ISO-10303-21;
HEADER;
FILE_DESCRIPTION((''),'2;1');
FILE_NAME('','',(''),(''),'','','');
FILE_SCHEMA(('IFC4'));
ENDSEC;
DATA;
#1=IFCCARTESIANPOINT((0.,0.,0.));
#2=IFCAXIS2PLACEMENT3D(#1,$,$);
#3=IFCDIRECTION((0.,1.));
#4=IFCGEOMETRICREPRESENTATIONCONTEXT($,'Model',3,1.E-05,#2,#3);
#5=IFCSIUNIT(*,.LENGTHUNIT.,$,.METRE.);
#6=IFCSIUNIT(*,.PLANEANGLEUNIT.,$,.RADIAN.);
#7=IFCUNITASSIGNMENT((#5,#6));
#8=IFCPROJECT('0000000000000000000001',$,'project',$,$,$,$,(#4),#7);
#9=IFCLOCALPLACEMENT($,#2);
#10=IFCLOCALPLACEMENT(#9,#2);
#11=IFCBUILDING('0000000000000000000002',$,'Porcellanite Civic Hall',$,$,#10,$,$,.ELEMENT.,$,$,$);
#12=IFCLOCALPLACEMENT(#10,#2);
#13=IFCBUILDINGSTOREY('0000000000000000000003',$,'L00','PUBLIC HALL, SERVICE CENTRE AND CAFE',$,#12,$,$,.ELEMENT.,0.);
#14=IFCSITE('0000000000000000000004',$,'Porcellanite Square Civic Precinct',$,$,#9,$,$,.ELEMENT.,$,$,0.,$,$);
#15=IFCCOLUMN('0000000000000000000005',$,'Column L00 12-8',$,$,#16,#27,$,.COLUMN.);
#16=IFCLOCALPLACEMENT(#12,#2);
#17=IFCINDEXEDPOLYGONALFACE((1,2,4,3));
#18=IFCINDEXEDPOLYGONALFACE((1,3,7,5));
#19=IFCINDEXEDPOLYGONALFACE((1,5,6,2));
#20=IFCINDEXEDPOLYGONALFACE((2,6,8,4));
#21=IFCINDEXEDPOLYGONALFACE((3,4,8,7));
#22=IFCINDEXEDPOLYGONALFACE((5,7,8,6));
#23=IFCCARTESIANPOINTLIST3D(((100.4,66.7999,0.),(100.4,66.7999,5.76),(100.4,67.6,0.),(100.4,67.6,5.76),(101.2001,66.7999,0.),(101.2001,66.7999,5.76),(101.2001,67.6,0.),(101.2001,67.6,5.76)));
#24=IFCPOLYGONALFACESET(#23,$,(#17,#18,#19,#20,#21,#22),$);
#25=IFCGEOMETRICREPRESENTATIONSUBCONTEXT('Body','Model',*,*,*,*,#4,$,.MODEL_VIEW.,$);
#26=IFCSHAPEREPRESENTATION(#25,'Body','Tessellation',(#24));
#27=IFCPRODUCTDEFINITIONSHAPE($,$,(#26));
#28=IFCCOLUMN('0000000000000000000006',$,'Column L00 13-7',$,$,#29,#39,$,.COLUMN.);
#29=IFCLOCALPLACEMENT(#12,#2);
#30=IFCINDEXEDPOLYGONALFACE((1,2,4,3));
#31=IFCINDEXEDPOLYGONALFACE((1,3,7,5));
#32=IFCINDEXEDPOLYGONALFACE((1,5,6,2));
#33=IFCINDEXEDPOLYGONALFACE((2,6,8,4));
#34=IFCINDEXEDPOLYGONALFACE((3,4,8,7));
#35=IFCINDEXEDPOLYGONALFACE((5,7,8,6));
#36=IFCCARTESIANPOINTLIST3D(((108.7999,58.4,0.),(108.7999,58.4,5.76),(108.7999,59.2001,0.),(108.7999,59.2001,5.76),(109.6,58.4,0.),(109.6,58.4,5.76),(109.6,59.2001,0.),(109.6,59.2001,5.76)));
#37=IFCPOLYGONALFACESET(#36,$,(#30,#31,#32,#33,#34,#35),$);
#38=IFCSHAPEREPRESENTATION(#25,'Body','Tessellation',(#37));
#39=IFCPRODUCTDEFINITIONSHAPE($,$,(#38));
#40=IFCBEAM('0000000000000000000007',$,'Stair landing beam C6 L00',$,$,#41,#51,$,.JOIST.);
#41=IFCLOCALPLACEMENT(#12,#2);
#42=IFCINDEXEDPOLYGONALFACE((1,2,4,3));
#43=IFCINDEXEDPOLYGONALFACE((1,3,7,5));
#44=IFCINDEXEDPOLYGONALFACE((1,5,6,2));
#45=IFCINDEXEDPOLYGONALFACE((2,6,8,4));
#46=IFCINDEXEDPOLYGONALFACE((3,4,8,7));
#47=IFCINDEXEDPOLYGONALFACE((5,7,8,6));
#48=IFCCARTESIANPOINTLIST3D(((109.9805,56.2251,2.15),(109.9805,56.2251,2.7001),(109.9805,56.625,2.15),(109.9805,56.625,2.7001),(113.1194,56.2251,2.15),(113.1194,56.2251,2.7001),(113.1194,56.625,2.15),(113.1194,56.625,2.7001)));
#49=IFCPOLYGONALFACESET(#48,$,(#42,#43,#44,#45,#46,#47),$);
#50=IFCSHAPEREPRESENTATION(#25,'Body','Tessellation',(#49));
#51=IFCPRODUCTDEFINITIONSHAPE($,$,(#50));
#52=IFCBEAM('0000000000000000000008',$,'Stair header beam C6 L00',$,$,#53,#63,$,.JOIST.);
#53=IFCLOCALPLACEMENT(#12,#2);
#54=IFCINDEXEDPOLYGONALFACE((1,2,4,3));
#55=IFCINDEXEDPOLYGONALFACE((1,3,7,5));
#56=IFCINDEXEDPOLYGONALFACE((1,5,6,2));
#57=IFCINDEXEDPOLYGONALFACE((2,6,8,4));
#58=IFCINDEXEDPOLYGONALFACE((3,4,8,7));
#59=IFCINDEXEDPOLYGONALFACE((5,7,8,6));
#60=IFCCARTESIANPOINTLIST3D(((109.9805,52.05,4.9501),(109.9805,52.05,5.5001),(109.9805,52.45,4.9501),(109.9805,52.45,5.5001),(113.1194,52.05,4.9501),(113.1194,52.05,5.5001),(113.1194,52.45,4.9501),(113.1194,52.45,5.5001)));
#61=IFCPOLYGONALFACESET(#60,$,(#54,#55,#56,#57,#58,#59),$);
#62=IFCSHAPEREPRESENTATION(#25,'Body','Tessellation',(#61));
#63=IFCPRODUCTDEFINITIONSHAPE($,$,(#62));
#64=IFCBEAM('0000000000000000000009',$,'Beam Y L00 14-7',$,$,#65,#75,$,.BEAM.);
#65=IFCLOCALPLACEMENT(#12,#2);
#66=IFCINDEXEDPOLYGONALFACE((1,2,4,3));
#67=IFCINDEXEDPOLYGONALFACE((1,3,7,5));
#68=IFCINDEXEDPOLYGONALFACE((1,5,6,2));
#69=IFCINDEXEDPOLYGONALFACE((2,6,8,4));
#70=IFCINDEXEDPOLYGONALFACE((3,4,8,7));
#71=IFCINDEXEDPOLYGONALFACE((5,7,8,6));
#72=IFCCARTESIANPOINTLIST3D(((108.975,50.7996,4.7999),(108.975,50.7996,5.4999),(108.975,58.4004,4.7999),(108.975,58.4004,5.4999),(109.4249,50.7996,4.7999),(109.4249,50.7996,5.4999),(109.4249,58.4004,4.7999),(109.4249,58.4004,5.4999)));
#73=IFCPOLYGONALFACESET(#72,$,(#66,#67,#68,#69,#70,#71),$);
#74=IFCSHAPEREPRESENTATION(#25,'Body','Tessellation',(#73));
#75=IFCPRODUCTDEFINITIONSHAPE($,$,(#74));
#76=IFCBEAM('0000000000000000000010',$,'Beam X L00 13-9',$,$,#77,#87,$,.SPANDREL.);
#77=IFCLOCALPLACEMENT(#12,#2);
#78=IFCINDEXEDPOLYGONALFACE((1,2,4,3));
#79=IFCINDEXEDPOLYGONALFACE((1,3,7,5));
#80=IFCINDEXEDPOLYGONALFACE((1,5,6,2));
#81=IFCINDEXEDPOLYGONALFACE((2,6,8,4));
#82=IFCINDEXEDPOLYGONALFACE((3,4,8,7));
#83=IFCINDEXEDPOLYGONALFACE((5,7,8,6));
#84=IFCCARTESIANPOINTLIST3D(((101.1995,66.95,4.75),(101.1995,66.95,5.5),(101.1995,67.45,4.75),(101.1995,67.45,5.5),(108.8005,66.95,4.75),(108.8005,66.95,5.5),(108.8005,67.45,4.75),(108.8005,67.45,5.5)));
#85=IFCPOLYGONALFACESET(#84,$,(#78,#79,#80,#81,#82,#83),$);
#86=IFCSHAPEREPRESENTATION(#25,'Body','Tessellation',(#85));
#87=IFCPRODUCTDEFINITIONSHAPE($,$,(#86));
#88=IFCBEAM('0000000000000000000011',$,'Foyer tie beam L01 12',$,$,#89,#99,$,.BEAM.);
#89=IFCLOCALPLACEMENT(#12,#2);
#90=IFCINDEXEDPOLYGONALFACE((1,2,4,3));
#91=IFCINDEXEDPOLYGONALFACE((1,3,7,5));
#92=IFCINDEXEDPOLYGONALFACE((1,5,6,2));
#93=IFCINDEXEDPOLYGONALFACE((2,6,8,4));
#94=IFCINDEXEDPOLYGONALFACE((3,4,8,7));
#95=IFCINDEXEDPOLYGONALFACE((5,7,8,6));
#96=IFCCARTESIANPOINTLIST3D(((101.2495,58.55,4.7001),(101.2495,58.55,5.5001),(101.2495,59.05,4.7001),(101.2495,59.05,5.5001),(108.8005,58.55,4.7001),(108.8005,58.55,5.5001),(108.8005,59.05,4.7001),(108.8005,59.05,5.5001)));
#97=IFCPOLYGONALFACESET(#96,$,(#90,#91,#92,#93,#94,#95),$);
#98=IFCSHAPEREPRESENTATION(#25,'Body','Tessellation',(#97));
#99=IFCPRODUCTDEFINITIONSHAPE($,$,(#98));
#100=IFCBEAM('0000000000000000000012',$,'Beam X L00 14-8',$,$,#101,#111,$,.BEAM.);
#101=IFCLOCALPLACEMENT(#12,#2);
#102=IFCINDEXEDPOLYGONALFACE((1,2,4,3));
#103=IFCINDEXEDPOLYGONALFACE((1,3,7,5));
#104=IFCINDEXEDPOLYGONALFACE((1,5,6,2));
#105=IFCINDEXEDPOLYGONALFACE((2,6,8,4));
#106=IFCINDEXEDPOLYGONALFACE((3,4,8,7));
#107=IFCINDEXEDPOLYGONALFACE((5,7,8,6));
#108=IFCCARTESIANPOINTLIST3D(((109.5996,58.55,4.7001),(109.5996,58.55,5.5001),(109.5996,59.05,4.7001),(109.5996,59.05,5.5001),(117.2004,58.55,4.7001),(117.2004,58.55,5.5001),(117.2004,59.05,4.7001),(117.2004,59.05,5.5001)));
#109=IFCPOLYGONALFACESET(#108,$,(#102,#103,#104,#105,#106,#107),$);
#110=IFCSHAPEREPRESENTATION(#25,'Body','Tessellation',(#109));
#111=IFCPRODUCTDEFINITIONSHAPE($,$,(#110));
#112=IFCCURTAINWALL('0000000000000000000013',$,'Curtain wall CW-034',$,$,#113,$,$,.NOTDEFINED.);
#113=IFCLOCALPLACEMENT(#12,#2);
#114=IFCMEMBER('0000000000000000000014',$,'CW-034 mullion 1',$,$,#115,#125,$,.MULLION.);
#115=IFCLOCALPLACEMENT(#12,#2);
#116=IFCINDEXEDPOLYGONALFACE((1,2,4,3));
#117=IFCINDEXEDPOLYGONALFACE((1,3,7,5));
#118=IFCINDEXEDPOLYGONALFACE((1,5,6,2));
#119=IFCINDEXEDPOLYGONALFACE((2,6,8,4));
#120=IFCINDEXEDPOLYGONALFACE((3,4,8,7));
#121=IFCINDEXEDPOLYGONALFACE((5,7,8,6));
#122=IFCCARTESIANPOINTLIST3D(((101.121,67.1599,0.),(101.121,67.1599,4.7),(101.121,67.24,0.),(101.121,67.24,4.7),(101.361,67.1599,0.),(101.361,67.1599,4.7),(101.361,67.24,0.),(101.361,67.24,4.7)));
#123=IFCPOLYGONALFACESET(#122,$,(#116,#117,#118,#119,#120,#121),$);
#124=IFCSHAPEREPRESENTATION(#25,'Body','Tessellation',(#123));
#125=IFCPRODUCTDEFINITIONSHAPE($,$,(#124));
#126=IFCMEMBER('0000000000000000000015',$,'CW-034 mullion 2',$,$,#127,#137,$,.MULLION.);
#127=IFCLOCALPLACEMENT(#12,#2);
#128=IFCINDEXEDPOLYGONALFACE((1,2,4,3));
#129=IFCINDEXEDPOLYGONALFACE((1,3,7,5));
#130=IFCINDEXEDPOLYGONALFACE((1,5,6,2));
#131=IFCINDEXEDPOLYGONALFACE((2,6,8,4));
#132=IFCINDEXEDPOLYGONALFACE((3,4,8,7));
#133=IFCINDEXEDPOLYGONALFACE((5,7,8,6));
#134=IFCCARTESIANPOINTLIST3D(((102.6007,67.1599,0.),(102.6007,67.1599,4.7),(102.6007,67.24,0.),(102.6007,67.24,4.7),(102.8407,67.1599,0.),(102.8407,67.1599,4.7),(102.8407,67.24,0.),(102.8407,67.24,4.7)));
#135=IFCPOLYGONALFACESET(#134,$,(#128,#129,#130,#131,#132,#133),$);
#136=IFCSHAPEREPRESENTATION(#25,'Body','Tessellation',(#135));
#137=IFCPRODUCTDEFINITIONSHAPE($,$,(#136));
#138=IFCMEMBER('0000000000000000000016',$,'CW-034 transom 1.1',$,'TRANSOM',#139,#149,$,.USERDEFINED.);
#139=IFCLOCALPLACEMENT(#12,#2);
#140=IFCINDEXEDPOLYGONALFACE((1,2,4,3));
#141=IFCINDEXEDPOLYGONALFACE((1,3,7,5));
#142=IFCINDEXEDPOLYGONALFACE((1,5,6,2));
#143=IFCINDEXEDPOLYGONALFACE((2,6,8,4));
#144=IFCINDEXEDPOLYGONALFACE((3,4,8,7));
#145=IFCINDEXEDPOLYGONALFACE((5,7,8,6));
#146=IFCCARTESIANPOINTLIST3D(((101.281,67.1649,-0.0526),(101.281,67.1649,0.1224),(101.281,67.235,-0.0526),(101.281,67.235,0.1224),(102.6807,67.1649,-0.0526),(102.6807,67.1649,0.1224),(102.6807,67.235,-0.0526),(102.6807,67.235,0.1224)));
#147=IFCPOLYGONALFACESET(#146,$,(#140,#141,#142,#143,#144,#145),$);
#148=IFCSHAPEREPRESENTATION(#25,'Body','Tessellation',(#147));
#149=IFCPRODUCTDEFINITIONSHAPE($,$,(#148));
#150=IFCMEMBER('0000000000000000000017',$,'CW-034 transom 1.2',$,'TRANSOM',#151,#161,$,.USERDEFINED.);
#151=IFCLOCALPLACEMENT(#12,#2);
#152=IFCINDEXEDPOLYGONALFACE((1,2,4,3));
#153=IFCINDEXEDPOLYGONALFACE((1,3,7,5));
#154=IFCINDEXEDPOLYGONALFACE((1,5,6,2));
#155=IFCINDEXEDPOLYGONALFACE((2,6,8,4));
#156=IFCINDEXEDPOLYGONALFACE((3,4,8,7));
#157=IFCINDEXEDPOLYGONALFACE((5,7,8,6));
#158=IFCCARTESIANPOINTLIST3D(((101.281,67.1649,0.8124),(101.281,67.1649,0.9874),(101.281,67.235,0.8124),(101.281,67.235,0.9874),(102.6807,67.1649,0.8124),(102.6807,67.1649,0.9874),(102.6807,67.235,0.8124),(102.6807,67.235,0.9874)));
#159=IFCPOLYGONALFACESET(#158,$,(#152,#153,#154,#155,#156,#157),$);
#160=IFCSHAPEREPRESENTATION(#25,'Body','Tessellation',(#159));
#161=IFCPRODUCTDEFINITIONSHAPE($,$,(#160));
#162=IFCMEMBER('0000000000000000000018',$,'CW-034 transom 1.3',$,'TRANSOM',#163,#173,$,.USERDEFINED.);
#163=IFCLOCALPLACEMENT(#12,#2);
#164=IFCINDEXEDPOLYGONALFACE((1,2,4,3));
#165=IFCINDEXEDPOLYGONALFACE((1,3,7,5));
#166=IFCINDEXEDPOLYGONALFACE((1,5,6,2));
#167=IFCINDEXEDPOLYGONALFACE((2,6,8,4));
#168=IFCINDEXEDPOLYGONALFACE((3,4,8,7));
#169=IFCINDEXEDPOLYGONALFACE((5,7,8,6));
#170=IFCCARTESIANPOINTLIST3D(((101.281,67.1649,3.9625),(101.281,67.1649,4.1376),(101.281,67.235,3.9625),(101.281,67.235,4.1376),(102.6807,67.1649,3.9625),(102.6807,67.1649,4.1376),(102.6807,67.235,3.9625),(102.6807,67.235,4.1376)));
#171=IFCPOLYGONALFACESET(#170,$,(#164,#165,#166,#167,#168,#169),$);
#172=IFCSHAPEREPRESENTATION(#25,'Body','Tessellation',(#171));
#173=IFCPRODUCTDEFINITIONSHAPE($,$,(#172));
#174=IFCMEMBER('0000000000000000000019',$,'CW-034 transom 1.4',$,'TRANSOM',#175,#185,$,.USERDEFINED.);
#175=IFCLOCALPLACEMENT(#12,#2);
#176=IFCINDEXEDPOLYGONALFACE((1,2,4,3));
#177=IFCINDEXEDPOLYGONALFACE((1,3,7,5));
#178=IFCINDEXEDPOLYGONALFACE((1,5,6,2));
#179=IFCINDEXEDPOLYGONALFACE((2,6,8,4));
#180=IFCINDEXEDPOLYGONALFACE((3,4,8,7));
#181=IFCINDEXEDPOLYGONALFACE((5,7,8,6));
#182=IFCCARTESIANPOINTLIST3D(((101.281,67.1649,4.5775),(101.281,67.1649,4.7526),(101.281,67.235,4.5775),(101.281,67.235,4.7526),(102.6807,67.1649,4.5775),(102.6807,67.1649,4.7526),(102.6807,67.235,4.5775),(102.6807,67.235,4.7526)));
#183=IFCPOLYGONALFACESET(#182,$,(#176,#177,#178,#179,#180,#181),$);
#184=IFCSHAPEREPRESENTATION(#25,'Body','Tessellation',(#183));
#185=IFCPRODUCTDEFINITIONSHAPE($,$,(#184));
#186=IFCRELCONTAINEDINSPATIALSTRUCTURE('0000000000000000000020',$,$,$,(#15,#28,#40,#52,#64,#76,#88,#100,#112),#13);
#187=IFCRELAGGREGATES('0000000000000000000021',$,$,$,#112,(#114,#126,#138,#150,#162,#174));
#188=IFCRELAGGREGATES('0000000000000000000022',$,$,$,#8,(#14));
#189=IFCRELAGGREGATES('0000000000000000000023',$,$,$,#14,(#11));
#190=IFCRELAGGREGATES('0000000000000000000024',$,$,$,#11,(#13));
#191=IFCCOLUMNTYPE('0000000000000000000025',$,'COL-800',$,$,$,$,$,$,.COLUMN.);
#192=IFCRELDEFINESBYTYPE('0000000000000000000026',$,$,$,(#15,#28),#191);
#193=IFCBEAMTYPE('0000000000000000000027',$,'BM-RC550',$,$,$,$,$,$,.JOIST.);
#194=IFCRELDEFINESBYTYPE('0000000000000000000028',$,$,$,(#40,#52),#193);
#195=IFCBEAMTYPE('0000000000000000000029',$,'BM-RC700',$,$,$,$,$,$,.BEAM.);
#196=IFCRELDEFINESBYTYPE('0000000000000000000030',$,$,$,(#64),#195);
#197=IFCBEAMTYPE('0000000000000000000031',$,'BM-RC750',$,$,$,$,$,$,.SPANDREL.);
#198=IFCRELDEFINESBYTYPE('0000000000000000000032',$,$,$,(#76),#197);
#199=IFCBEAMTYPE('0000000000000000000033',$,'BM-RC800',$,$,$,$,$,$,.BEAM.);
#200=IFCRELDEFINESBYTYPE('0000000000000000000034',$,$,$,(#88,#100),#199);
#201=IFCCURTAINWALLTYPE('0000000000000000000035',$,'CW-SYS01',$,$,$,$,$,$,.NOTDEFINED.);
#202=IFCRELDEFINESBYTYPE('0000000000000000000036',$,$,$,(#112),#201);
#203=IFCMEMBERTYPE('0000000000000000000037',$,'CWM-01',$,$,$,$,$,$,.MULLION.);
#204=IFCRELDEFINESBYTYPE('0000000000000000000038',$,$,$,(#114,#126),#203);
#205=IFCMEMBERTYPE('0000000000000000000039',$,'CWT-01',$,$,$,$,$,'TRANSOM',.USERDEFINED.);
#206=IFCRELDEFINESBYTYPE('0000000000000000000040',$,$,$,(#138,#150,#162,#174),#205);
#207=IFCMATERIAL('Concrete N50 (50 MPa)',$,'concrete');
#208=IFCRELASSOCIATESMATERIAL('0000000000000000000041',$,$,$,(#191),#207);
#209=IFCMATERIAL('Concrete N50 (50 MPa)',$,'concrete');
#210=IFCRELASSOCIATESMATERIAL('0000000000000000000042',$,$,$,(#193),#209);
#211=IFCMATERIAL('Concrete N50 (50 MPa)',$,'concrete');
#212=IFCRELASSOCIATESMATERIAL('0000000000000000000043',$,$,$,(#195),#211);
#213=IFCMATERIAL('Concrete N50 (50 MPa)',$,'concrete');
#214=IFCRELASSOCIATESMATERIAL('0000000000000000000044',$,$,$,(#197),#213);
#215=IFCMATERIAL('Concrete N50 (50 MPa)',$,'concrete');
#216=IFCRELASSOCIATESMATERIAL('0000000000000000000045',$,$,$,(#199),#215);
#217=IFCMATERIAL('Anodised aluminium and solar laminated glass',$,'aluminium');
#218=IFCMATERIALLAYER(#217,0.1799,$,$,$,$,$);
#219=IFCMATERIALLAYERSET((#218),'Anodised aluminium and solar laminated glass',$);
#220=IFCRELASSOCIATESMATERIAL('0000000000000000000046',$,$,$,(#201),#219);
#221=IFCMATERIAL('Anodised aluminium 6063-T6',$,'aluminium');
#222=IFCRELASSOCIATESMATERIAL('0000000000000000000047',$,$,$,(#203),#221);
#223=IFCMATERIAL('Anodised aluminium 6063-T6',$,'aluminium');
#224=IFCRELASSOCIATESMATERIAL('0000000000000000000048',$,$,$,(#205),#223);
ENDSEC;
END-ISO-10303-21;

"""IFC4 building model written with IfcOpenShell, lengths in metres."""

from ifc_helpers import new_model, si_unit, direction, frame, origin, origin_2d, place, context, subcontext, project, spatial, rectangle, extrude, material, layer, layer_set, material_profile, profile_set, type_object, element, aggregate, save


model = new_model("IFC4")

# Units and contexts
model_context = context("Model", 3, precision=1e-05, world=origin(), true_north=direction((0.0, 1.0)))
body_context = subcontext(model_context, "Body", "Model", "MODEL_VIEW")
ifc_project = project(units=[si_unit("LENGTHUNIT", "METRE"), si_unit("PLANEANGLEUNIT", "RADIAN")], contexts=[model_context])

# Site, building, storey
site_placement = place(None, origin())
site = spatial("IfcSite", under=ifc_project, at=site_placement, Name="Porcellanite Square Civic Precinct", CompositionType="ELEMENT", RefElevation=0.0)
building_placement = place(site_placement, origin())
building = spatial("IfcBuilding", under=site, at=building_placement, Name="Porcellanite Civic Hall", CompositionType="ELEMENT")
storey_placement = place(building_placement, origin())
storey = spatial("IfcBuildingStorey", under=building, at=storey_placement, Name="L00", Description="PUBLIC HALL, SERVICE CENTRE AND CAFE", CompositionType="ELEMENT", Elevation=0.0)

# Columns
ifc_material_1 = material(Name="Concrete N50 (50 MPa)", Category="concrete")
ifc_material_profile_1 = material_profile(ifc_material_1, rectangle(XDim=0.8, YDim=0.8, at=origin_2d()), Name="RC-800x800")
ifc_profile_set_1 = profile_set([ifc_material_profile_1], Name="Concrete N50 (50 MPa)")
column_type = type_object("IfcColumnType", Name="COL-800", PredefinedType="COLUMN", material=ifc_profile_set_1)
for number, where, z_axis, x_axis, name in (
    (1, (100.8, 67.2, 0.0), (0.0, 0.0, 1.0), (1.0, 0.0, 0.0), "Column L00 12-8"),
    (2, (109.2, 58.8, 0.0), (0.0, 0.0, 1.0), (1.0, 0.0, 0.0), "Column L00 13-7"),
):
    element("IfcColumn", number, at=place(storey_placement, frame(where, z_axis=z_axis, x_axis=x_axis)), inside=storey, type_object=column_type, Name=name, PredefinedType="COLUMN", context=body_context, shape_type="SweptSolid", body=[
        extrude(rectangle(XDim=0.8, YDim=0.8, at=origin_2d()), origin(), (0.0, 0.0, 1.0), 5.76),
    ])

# Beams
ifc_material_2 = material(Name="Concrete N50 (50 MPa)", Category="concrete")
ifc_material_profile_2 = material_profile(ifc_material_2, rectangle(XDim=0.3999, YDim=0.55, at=origin_2d()), Name="RC-400x550")
ifc_profile_set_2 = profile_set([ifc_material_profile_2], Name="Concrete N50 (50 MPa)")
beam_type_1 = type_object("IfcBeamType", Name="BM-RC550", PredefinedType="JOIST", material=ifc_profile_set_2)
for number, where, z_axis, x_axis, name in (
    (3, (109.9805, 56.425, 2.425), (1.0, 0.0, 0.0), (0.0, 1.0, 0.0), "Stair landing beam C6 L00"),
    (4, (109.9805, 52.25, 5.2251), (1.0, 0.0, 0.0), (0.0, 1.0, 0.0), "Stair header beam C6 L00"),
):
    element("IfcBeam", number, at=place(storey_placement, frame(where, z_axis=z_axis, x_axis=x_axis)), inside=storey, type_object=beam_type_1, Name=name, PredefinedType="JOIST", context=body_context, shape_type="SweptSolid", body=[
        extrude(rectangle(XDim=0.3999, YDim=0.55, at=origin_2d()), origin(), (0.0, 0.0, 1.0), 3.1389),
    ])
ifc_material_3 = material(Name="Concrete N50 (50 MPa)", Category="concrete")
ifc_material_profile_3 = material_profile(ifc_material_3, rectangle(XDim=0.45, YDim=0.7, at=origin_2d()), Name="RC-450x700")
ifc_profile_set_3 = profile_set([ifc_material_profile_3], Name="Concrete N50 (50 MPa)")
beam_type_2 = type_object("IfcBeamType", Name="BM-RC700", PredefinedType="BEAM", material=ifc_profile_set_3)
beam_1_placement = place(storey_placement, frame((109.2, 50.7996, 5.1499), z_axis=(0.0, 1.0, 0.0), x_axis=(-1.0, 0.0, 0.0)))
element("IfcBeam", 5, at=beam_1_placement, inside=storey, type_object=beam_type_2, Name="Beam Y L00 14-7", PredefinedType="BEAM", context=body_context, shape_type="SweptSolid", body=[
    extrude(rectangle(XDim=0.45, YDim=0.7, at=origin_2d()), origin(), (0.0, 0.0, 1.0), 7.6008),
])
ifc_material_4 = material(Name="Concrete N50 (50 MPa)", Category="concrete")
ifc_material_profile_4 = material_profile(ifc_material_4, rectangle(XDim=0.5, YDim=0.75, at=origin_2d()), Name="RC-500x750")
ifc_profile_set_4 = profile_set([ifc_material_profile_4], Name="Concrete N50 (50 MPa)")
beam_type_3 = type_object("IfcBeamType", Name="BM-RC750", PredefinedType="SPANDREL", material=ifc_profile_set_4)
beam_2_placement = place(storey_placement, frame((101.1995, 67.2, 5.125), z_axis=(1.0, 0.0, 0.0), x_axis=(0.0, 1.0, 0.0)))
element("IfcBeam", 6, at=beam_2_placement, inside=storey, type_object=beam_type_3, Name="Beam X L00 13-9", PredefinedType="SPANDREL", context=body_context, shape_type="SweptSolid", body=[
    extrude(rectangle(XDim=0.5, YDim=0.75, at=origin_2d()), origin(), (0.0, 0.0, 1.0), 7.6011),
])
ifc_material_5 = material(Name="Concrete N50 (50 MPa)", Category="concrete")
ifc_material_profile_5 = material_profile(ifc_material_5, rectangle(XDim=0.5, YDim=0.8, at=origin_2d()), Name="RC-500x800")
ifc_profile_set_5 = profile_set([ifc_material_profile_5], Name="Concrete N50 (50 MPa)")
beam_type_4 = type_object("IfcBeamType", Name="BM-RC800", PredefinedType="BEAM", material=ifc_profile_set_5)
beam_3_placement = place(storey_placement, frame((101.2495, 58.8, 5.1001), z_axis=(1.0, 0.0, 0.0), x_axis=(0.0, 1.0, 0.0)))
element("IfcBeam", 7, at=beam_3_placement, inside=storey, type_object=beam_type_4, Name="Foyer tie beam L01 12", PredefinedType="BEAM", context=body_context, shape_type="SweptSolid", body=[
    extrude(rectangle(XDim=0.5, YDim=0.8, at=origin_2d()), origin(), (0.0, 0.0, 1.0), 7.551),
])
beam_4_placement = place(storey_placement, frame((109.5996, 58.8, 5.1001), z_axis=(1.0, 0.0, 0.0), x_axis=(0.0, 1.0, 0.0)))
element("IfcBeam", 8, at=beam_4_placement, inside=storey, type_object=beam_type_4, Name="Beam X L00 14-8", PredefinedType="BEAM", context=body_context, shape_type="SweptSolid", body=[
    extrude(rectangle(XDim=0.5, YDim=0.8, at=origin_2d()), origin(), (0.0, 0.0, 1.0), 7.6008),
])

# Curtain wall, members
ifc_material_6 = material(Name="Anodised aluminium and solar laminated glass", Category="aluminium")
ifc_layer_1 = layer(ifc_material_6, 0.1799)
ifc_layer_set_1 = layer_set([ifc_layer_1], Name="Anodised aluminium and solar laminated glass")
curtain_wall_type = type_object("IfcCurtainWallType", Name="CW-SYS01", PredefinedType="NOTDEFINED", material=ifc_layer_set_1)
curtain_wall_placement = place(storey_placement, origin())
curtain_wall = element("IfcCurtainWall", 9, at=curtain_wall_placement, inside=storey, type_object=curtain_wall_type, Name="Curtain wall CW-034", PredefinedType="NOTDEFINED")
ifc_material_7 = material(Name="Anodised aluminium 6063-T6", Category="aluminium")
ifc_material_profile_6 = material_profile(ifc_material_7, rectangle(XDim=0.0801, YDim=0.24, at=origin_2d()), Name="AL-80x240")
ifc_profile_set_6 = profile_set([ifc_material_profile_6], Name="Anodised aluminium 6063-T6")
member_type_1 = type_object("IfcMemberType", Name="CWM-01", PredefinedType="MULLION", material=ifc_profile_set_6)
member_1_placement = place(storey_placement, frame((101.241, 67.2, 0.0), z_axis=(0.0, 0.0, 1.0), x_axis=(0.0, 1.0, 0.0)))
member_1 = element("IfcMember", 10, at=member_1_placement, type_object=member_type_1, Name="CW-034 mullion 1", PredefinedType="MULLION", context=body_context, shape_type="SweptSolid", body=[
    extrude(rectangle(XDim=0.0801, YDim=0.24, at=origin_2d()), origin(), (0.0, 0.0, 1.0), 4.7),
])
member_2_placement = place(storey_placement, frame((102.7207, 67.2, 0.0), z_axis=(0.0, 0.0, 1.0), x_axis=(0.0, 1.0, 0.0)))
member_2 = element("IfcMember", 11, at=member_2_placement, type_object=member_type_1, Name="CW-034 mullion 2", PredefinedType="MULLION", context=body_context, shape_type="SweptSolid", body=[
    extrude(rectangle(XDim=0.0801, YDim=0.24, at=origin_2d()), origin(), (0.0, 0.0, 1.0), 4.7),
])
ifc_material_8 = material(Name="Anodised aluminium 6063-T6", Category="aluminium")
ifc_material_profile_7 = material_profile(ifc_material_8, rectangle(XDim=0.0701, YDim=0.175, at=origin_2d()), Name="AL-70x175")
ifc_profile_set_7 = profile_set([ifc_material_profile_7], Name="Anodised aluminium 6063-T6")
member_type_2 = type_object("IfcMemberType", Name="CWT-01", ElementType="TRANSOM", PredefinedType="USERDEFINED", material=ifc_profile_set_7)
member_3_placement = place(storey_placement, frame((101.281, 67.2, 0.0349), z_axis=(1.0, 0.0, 0.0), x_axis=(0.0, 1.0, 0.0)))
member_3 = element("IfcMember", 12, at=member_3_placement, type_object=member_type_2, Name="CW-034 transom 1.1", ObjectType="TRANSOM", PredefinedType="USERDEFINED", context=body_context, shape_type="SweptSolid", body=[
    extrude(rectangle(XDim=0.0701, YDim=0.175, at=origin_2d()), origin(), (0.0, 0.0, 1.0), 1.3997),
])
member_4_placement = place(storey_placement, frame((101.281, 67.2, 0.8999), z_axis=(1.0, 0.0, 0.0), x_axis=(0.0, 1.0, 0.0)))
member_4 = element("IfcMember", 13, at=member_4_placement, type_object=member_type_2, Name="CW-034 transom 1.2", ObjectType="TRANSOM", PredefinedType="USERDEFINED", context=body_context, shape_type="SweptSolid", body=[
    extrude(rectangle(XDim=0.0701, YDim=0.175, at=origin_2d()), origin(), (0.0, 0.0, 1.0), 1.3997),
])
member_5_placement = place(storey_placement, frame((101.281, 67.2, 4.05), z_axis=(1.0, 0.0, 0.0), x_axis=(0.0, 1.0, 0.0)))
member_5 = element("IfcMember", 14, at=member_5_placement, type_object=member_type_2, Name="CW-034 transom 1.3", ObjectType="TRANSOM", PredefinedType="USERDEFINED", context=body_context, shape_type="SweptSolid", body=[
    extrude(rectangle(XDim=0.0701, YDim=0.175, at=origin_2d()), origin(), (0.0, 0.0, 1.0), 1.3997),
])
member_6_placement = place(storey_placement, frame((101.281, 67.2, 4.665), z_axis=(1.0, 0.0, 0.0), x_axis=(0.0, 1.0, 0.0)))
member_6 = element("IfcMember", 15, at=member_6_placement, type_object=member_type_2, Name="CW-034 transom 1.4", ObjectType="TRANSOM", PredefinedType="USERDEFINED", context=body_context, shape_type="SweptSolid", body=[
    extrude(rectangle(XDim=0.0701, YDim=0.175, at=origin_2d()), origin(), (0.0, 0.0, 1.0), 1.3997),
])

aggregate(curtain_wall, [member_1, member_2, member_3, member_4, member_5, member_6])

save(model, "model.ifc")
